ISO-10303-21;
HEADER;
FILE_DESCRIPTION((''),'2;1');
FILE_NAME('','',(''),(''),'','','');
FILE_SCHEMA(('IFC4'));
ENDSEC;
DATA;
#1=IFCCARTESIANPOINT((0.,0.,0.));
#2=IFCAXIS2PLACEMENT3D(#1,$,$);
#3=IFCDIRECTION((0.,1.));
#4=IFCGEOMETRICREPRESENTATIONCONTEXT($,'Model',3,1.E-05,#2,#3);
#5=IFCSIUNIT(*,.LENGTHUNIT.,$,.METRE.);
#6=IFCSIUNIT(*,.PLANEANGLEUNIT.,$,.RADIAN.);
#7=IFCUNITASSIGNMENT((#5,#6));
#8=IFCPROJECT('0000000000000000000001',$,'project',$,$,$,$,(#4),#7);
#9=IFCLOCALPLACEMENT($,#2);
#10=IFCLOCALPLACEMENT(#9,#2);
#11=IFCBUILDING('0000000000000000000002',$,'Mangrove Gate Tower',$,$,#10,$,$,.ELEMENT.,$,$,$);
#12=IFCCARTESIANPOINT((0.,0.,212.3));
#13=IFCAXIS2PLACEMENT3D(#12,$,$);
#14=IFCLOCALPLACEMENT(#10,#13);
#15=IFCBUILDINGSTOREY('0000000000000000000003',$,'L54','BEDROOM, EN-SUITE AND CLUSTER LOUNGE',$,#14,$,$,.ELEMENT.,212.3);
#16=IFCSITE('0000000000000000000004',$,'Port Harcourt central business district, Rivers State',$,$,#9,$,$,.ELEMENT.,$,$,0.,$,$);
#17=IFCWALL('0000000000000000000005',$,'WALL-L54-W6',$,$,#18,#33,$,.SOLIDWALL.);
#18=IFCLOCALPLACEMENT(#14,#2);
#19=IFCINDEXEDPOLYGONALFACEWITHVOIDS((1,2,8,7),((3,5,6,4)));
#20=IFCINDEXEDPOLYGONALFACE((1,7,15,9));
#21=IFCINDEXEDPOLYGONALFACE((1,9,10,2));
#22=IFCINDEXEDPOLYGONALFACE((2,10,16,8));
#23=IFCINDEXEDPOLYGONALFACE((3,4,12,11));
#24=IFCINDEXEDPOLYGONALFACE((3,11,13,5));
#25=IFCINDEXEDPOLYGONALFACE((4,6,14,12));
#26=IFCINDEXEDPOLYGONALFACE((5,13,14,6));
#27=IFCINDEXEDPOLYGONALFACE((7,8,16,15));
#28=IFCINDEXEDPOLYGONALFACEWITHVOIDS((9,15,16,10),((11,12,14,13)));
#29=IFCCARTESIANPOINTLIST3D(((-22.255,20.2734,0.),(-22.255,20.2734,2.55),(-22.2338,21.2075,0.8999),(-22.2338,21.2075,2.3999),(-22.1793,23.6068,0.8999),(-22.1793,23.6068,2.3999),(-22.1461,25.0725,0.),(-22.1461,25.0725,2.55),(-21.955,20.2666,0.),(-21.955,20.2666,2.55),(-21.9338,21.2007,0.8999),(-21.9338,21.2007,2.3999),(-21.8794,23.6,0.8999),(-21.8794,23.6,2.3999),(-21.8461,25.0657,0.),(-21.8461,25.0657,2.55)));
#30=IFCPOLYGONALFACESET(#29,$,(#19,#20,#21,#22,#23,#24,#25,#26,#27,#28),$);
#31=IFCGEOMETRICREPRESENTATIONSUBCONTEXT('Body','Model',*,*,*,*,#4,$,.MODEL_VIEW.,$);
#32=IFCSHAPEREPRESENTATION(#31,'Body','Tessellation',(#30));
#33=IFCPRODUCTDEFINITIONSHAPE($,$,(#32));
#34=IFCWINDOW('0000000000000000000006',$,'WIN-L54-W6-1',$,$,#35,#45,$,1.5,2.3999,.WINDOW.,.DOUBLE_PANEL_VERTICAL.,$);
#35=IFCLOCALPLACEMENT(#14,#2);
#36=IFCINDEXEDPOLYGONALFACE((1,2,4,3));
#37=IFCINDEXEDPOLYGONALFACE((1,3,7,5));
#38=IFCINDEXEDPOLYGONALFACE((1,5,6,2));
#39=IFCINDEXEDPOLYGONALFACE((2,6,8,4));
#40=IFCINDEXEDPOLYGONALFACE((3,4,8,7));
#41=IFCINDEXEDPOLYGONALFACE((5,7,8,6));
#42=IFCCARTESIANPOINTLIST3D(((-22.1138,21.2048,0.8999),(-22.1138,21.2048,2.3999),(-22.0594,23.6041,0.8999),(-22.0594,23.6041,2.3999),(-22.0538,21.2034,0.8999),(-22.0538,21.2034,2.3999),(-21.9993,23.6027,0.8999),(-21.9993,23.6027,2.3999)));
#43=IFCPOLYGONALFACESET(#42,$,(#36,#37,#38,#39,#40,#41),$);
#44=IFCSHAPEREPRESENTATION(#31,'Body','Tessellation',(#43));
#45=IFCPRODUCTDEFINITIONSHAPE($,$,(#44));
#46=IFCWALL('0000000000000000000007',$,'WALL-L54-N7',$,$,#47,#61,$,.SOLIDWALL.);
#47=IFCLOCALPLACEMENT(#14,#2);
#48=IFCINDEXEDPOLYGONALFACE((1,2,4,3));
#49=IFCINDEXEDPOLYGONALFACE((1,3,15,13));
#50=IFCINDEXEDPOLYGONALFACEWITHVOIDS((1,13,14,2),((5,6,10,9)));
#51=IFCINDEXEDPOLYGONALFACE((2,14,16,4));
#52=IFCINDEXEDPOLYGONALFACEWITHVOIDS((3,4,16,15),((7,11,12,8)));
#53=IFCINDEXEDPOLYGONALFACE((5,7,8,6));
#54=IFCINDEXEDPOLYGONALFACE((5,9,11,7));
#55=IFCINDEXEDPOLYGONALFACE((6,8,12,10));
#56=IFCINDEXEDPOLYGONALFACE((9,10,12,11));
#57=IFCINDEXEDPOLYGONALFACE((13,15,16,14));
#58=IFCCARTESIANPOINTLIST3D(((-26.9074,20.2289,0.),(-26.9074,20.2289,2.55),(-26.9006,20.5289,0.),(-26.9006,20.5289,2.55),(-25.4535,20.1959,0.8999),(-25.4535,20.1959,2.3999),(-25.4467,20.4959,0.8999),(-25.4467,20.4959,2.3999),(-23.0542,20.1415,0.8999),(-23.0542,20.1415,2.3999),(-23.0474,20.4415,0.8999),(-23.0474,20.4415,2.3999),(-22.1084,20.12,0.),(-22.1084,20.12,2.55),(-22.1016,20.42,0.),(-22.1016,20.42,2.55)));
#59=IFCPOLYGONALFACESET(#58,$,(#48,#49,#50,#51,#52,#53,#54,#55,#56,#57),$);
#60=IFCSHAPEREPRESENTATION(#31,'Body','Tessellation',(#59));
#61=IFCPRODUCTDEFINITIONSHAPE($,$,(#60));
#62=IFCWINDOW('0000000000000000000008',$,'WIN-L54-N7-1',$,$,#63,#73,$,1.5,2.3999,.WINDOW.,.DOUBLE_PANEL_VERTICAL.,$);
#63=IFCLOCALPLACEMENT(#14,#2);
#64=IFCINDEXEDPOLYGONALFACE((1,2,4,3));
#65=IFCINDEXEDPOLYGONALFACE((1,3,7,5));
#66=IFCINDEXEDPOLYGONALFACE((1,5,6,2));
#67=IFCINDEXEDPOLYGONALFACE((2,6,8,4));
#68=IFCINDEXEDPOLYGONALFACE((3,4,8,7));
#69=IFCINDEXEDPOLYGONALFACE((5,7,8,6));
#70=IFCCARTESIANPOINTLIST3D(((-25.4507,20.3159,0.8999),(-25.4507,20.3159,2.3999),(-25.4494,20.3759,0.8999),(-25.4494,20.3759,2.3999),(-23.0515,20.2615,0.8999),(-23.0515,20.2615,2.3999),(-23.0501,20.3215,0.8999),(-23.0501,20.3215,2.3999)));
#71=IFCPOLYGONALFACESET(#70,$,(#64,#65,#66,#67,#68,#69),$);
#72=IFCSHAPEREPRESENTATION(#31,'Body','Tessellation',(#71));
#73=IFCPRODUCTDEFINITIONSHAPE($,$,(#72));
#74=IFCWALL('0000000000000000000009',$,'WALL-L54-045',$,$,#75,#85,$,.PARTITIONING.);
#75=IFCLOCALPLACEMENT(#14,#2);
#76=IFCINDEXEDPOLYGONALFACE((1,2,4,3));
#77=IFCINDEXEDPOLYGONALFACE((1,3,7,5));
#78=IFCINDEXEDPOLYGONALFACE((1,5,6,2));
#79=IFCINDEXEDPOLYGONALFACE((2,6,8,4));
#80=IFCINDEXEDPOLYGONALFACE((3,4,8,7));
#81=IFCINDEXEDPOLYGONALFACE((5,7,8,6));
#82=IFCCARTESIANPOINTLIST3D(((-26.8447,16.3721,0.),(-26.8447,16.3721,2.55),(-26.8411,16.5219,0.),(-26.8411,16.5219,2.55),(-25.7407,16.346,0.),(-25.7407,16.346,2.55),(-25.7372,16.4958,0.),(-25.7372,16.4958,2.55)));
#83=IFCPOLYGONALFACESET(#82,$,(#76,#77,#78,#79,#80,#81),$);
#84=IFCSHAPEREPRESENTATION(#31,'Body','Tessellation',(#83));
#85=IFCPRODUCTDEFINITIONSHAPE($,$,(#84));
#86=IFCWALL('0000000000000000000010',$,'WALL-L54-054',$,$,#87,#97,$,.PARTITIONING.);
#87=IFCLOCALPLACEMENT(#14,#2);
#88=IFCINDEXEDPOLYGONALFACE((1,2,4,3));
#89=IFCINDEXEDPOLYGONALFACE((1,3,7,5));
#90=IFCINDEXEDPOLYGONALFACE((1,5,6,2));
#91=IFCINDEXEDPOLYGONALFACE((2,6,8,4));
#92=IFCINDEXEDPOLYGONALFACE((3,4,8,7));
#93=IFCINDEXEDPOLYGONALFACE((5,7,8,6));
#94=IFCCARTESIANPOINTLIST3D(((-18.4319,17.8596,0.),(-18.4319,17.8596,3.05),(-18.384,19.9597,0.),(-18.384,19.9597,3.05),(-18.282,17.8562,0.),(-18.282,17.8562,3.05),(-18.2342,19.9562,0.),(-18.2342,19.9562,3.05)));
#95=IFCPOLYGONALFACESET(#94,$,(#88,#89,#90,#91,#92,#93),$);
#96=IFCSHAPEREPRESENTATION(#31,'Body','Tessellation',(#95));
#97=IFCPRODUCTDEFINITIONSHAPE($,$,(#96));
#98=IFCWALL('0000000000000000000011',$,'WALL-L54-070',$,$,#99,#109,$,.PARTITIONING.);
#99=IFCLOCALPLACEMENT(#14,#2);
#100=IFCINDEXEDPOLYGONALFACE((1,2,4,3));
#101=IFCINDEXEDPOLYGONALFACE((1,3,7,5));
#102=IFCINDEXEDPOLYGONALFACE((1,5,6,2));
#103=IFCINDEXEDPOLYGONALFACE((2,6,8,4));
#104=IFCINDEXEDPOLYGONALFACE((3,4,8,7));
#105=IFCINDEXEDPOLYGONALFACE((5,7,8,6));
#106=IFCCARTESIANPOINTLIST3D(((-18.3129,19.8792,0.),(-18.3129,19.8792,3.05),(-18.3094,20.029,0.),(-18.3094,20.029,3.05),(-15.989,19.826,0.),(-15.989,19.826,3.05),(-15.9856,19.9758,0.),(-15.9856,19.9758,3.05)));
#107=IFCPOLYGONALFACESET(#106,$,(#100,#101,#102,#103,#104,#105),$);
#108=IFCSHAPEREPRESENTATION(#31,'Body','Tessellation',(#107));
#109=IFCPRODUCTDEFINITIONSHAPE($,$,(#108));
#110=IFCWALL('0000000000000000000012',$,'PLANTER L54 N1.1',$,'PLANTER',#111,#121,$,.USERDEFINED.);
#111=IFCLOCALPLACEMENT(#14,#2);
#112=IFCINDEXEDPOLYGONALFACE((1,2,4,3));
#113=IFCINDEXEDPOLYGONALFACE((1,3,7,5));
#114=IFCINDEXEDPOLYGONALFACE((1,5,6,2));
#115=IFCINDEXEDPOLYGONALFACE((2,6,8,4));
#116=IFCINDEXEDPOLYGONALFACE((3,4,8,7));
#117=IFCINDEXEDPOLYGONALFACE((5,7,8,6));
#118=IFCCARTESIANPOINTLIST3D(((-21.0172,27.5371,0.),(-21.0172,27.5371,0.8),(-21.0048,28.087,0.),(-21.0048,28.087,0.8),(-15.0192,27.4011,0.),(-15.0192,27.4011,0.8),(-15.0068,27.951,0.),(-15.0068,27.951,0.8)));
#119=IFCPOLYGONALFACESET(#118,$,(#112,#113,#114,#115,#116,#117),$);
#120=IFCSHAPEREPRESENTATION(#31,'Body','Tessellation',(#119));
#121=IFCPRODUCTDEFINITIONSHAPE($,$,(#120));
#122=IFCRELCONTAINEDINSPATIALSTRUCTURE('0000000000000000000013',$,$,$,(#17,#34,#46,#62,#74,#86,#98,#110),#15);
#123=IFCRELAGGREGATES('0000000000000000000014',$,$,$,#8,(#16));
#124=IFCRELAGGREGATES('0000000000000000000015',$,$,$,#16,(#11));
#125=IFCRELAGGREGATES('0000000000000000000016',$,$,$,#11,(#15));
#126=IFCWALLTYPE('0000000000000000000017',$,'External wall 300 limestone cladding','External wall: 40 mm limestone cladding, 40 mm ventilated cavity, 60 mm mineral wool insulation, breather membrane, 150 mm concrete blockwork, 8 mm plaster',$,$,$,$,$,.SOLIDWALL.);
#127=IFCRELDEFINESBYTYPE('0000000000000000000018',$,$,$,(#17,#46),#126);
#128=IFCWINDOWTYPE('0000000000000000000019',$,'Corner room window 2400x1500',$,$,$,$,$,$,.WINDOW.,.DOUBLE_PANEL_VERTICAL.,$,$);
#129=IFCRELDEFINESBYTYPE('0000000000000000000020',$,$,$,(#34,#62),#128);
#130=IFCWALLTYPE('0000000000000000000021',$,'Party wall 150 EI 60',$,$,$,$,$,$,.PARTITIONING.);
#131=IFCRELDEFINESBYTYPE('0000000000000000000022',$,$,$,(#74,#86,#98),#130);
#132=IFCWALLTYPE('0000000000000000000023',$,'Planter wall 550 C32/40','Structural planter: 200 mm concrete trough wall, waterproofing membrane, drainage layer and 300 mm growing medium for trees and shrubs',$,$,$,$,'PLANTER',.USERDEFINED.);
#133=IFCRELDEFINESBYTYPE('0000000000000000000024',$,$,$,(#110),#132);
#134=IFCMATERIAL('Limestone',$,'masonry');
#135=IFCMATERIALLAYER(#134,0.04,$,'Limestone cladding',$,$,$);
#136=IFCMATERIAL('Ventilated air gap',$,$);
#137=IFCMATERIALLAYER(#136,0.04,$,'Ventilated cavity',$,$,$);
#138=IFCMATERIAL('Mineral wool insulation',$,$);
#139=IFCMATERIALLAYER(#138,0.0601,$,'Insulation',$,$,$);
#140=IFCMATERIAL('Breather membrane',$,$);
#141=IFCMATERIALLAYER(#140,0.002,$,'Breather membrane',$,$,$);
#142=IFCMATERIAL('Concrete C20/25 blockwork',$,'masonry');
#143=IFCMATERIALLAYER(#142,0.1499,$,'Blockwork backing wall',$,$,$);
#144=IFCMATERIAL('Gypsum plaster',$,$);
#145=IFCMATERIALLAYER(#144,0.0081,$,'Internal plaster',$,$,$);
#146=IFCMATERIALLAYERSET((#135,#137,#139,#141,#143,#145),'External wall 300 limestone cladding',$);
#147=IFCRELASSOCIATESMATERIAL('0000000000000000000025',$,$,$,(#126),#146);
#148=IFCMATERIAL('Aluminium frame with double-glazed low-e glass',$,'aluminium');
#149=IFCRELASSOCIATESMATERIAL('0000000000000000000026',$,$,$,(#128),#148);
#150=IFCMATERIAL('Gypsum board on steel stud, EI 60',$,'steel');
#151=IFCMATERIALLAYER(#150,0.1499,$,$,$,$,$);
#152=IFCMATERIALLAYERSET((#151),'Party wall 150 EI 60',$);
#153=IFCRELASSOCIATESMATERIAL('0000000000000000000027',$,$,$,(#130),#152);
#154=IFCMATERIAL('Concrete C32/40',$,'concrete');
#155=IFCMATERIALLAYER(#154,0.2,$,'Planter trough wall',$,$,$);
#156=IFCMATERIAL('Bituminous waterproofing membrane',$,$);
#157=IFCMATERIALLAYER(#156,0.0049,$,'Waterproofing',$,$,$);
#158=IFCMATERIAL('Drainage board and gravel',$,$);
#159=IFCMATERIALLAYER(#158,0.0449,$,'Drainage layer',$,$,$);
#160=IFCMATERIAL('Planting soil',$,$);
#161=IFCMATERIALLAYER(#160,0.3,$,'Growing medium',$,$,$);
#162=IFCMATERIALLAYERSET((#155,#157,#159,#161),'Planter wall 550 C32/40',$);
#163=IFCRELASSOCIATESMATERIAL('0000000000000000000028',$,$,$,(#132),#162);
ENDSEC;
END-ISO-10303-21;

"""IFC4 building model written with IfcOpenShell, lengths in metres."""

from ifc_helpers import new_model, si_unit, direction, frame, frame_2d, origin, place, context, subcontext, project, spatial, rectangle, extrude, material, layer, layer_set, type_object, element, fill, save


model = new_model("IFC4")

# Units and contexts
model_context = context("Model", 3, precision=1e-05, world=origin(), true_north=direction((0.0, 1.0)))
body_context = subcontext(model_context, "Body", "Model", "MODEL_VIEW")
ifc_project = project(units=[si_unit("LENGTHUNIT", "METRE"), si_unit("PLANEANGLEUNIT", "RADIAN")], contexts=[model_context])

# Site, building, storey
site_placement = place(None, origin())
site = spatial("IfcSite", under=ifc_project, at=site_placement, Name="Port Harcourt central business district, Rivers State", CompositionType="ELEMENT", RefElevation=0.0)
building_placement = place(site_placement, origin())
building = spatial("IfcBuilding", under=site, at=building_placement, Name="Mangrove Gate Tower", CompositionType="ELEMENT")
storey_placement = place(building_placement, frame((0.0, 0.0, 212.3)))
storey = spatial("IfcBuildingStorey", under=building, at=storey_placement, Name="L54", Description="BEDROOM, EN-SUITE AND CLUSTER LOUNGE", CompositionType="ELEMENT", Elevation=212.3)

# Walls, openings, windows
ifc_material_1 = material(Name="Limestone", Category="masonry")
ifc_layer_1 = layer(ifc_material_1, 0.04, Name="Limestone cladding")
ifc_material_2 = material(Name="Ventilated air gap")
ifc_layer_2 = layer(ifc_material_2, 0.04, Name="Ventilated cavity")
ifc_material_3 = material(Name="Mineral wool insulation")
ifc_layer_3 = layer(ifc_material_3, 0.0601, Name="Insulation")
ifc_material_4 = material(Name="Breather membrane")
ifc_layer_4 = layer(ifc_material_4, 0.002, Name="Breather membrane")
ifc_material_5 = material(Name="Concrete C20/25 blockwork", Category="masonry")
ifc_layer_5 = layer(ifc_material_5, 0.1499, Name="Blockwork backing wall")
ifc_material_6 = material(Name="Gypsum plaster")
ifc_layer_6 = layer(ifc_material_6, 0.0081, Name="Internal plaster")
ifc_layer_set_1 = layer_set([ifc_layer_1, ifc_layer_2, ifc_layer_3, ifc_layer_4, ifc_layer_5, ifc_layer_6], Name="External wall 300 limestone cladding")
wall_type_1 = type_object("IfcWallType", Name="External wall 300 limestone cladding", Description="External wall: 40 mm limestone cladding, 40 mm ventilated cavity, 60 mm mineral wool insulation, breather membrane, 150 mm concrete blockwork, 8 mm plaster", PredefinedType="SOLIDWALL", material=ifc_layer_set_1)
wall_1_placement = place(storey_placement, frame((-21.9961, 25.0691, 0.0), z_axis=(0.0, 0.0, 1.0), x_axis=(-0.022683, -0.999743, 0.0)))
wall_1 = element("IfcWall", 1, at=wall_1_placement, inside=storey, type_object=wall_type_1, Name="WALL-L54-W6", PredefinedType="SOLIDWALL", context=body_context, shape_type="SweptSolid", body=[
    extrude(rectangle(XDim=4.8003, YDim=0.3, at=frame_2d((2.4001, 0.0))), origin(), (0.0, 0.0, 1.0), 2.55),
])
opening_1_placement = place(wall_1_placement, frame((1.4661, 0.0, 0.8999)))
opening_1 = element("IfcOpeningElement", 2, at=opening_1_placement, cuts=wall_1, PredefinedType="OPENING", context=body_context, shape_type="SweptSolid", body=[
    extrude(rectangle(XDim=2.3999, YDim=1.5, at=frame_2d((1.2, 0.75))), frame((0.0, 0.1599, 0.0), z_axis=(0.0, -1.0, 0.0), x_axis=(1.0, 0.0, 0.0)), (0.0, 0.0, 1.0), 0.3201),
])
ifc_material_7 = material(Name="Aluminium frame with double-glazed low-e glass", Category="aluminium")
window_type = type_object("IfcWindowType", Name="Corner room window 2400x1500", PartitioningType="DOUBLE_PANEL_VERTICAL", PredefinedType="WINDOW", material=ifc_material_7)
window_1_placement = place(opening_1_placement, origin())
window_1 = element("IfcWindow", 3, at=window_1_placement, inside=storey, type_object=window_type, Name="WIN-L54-W6-1", OverallHeight=1.5, OverallWidth=2.3999, PartitioningType="DOUBLE_PANEL_VERTICAL", PredefinedType="WINDOW", context=body_context, shape_type="SweptSolid", body=[
    extrude(rectangle(XDim=2.3999, YDim=1.5, at=frame_2d((1.2, 0.75))), frame((0.0, 0.03, 0.0), z_axis=(0.0, -1.0, 0.0), x_axis=(1.0, 0.0, 0.0)), (0.0, 0.0, 1.0), 0.0601),
])
fill(opening_1, window_1)
wall_2_placement = place(storey_placement, frame((-22.105, 20.27, 0.0), z_axis=(0.0, 0.0, 1.0), x_axis=(-0.999743, 0.022683, 0.0)))
wall_2 = element("IfcWall", 4, at=wall_2_placement, inside=storey, type_object=wall_type_1, Name="WALL-L54-N7", PredefinedType="SOLIDWALL", context=body_context, shape_type="SweptSolid", body=[
    extrude(rectangle(XDim=4.8003, YDim=0.3, at=frame_2d((2.4001, 0.0))), origin(), (0.0, 0.0, 1.0), 2.55),
])
opening_2_placement = place(wall_2_placement, frame((0.946, 0.0, 0.8999)))
opening_2 = element("IfcOpeningElement", 5, at=opening_2_placement, cuts=wall_2, PredefinedType="OPENING", context=body_context, shape_type="SweptSolid", body=[
    extrude(rectangle(XDim=2.3999, YDim=1.5, at=frame_2d((1.2, 0.75))), frame((0.0, 0.1599, 0.0), z_axis=(0.0, -1.0, 0.0), x_axis=(1.0, 0.0, 0.0)), (0.0, 0.0, 1.0), 0.3201),
])
window_2_placement = place(opening_2_placement, origin())
window_2 = element("IfcWindow", 6, at=window_2_placement, inside=storey, type_object=window_type, Name="WIN-L54-N7-1", OverallHeight=1.5, OverallWidth=2.3999, PartitioningType="DOUBLE_PANEL_VERTICAL", PredefinedType="WINDOW", context=body_context, shape_type="SweptSolid", body=[
    extrude(rectangle(XDim=2.3999, YDim=1.5, at=frame_2d((1.2, 0.75))), frame((0.0, 0.03, 0.0), z_axis=(0.0, -1.0, 0.0), x_axis=(1.0, 0.0, 0.0)), (0.0, 0.0, 1.0), 0.0601),
])
fill(opening_2, window_2)

# Walls
ifc_material_8 = material(Name="Gypsum board on steel stud, EI 60", Category="steel")
ifc_layer_7 = layer(ifc_material_8, 0.1499)
ifc_layer_set_2 = layer_set([ifc_layer_7], Name="Party wall 150 EI 60")
wall_type_2 = type_object("IfcWallType", Name="Party wall 150 EI 60", PredefinedType="PARTITIONING", material=ifc_layer_set_2)
wall_3_placement = place(storey_placement, frame((-26.843, 16.447, 0.0), z_axis=(0.0, 0.0, 1.0), x_axis=(0.99972, -0.023655, 0.0)))
element("IfcWall", 7, at=wall_3_placement, inside=storey, type_object=wall_type_2, Name="WALL-L54-045", PredefinedType="PARTITIONING", context=body_context, shape_type="SweptSolid", body=[
    extrude(rectangle(XDim=1.1042, YDim=0.1499, at=frame_2d((0.5522, 0.0))), origin(), (0.0, 0.0, 1.0), 2.55),
])
wall_4_placement = place(storey_placement, frame((-18.3569, 17.8579, 0.0), z_axis=(0.0, 0.0, 1.0), x_axis=(0.022779, 0.999741, 0.0)))
element("IfcWall", 8, at=wall_4_placement, inside=storey, type_object=wall_type_2, Name="WALL-L54-054", PredefinedType="PARTITIONING", context=body_context, shape_type="SweptSolid", body=[
    extrude(rectangle(XDim=2.1006, YDim=0.1499, at=frame_2d((1.0503, 0.0))), origin(), (0.0, 0.0, 1.0), 3.05),
])
wall_5_placement = place(storey_placement, frame((-18.311, 19.9541, 0.0), z_axis=(0.0, 0.0, 1.0), x_axis=(0.999738, -0.022896, 0.0)))
element("IfcWall", 9, at=wall_5_placement, inside=storey, type_object=wall_type_2, Name="WALL-L54-070", PredefinedType="PARTITIONING", context=body_context, shape_type="SweptSolid", body=[
    extrude(rectangle(XDim=2.3245, YDim=0.1499, at=frame_2d((1.1621, 0.0))), origin(), (0.0, 0.0, 1.0), 3.05),
])
ifc_material_9 = material(Name="Concrete C32/40", Category="concrete")
ifc_layer_8 = layer(ifc_material_9, 0.2, Name="Planter trough wall")
ifc_material_10 = material(Name="Bituminous waterproofing membrane")
ifc_layer_9 = layer(ifc_material_10, 0.0049, Name="Waterproofing")
ifc_material_11 = material(Name="Drainage board and gravel")
ifc_layer_10 = layer(ifc_material_11, 0.0449, Name="Drainage layer")
ifc_material_12 = material(Name="Planting soil")
ifc_layer_11 = layer(ifc_material_12, 0.3, Name="Growing medium")
ifc_layer_set_3 = layer_set([ifc_layer_8, ifc_layer_9, ifc_layer_10, ifc_layer_11], Name="Planter wall 550 C32/40")
wall_type_3 = type_object("IfcWallType", Name="Planter wall 550 C32/40", Description="Structural planter: 200 mm concrete trough wall, waterproofing membrane, drainage layer and 300 mm growing medium for trees and shrubs", ElementType="PLANTER", PredefinedType="USERDEFINED", material=ifc_layer_set_3)
wall_6_placement = place(storey_placement, frame((-21.011, 27.812, 0.0), z_axis=(0.0, 0.0, 1.0), x_axis=(0.999743, -0.022666, 0.0)))
element("IfcWall", 10, at=wall_6_placement, inside=storey, type_object=wall_type_3, Name="PLANTER L54 N1.1", ObjectType="PLANTER", PredefinedType="USERDEFINED", context=body_context, shape_type="SweptSolid", body=[
    extrude(rectangle(XDim=5.9995, YDim=0.55, at=frame_2d((2.9998, 0.0))), origin(), (0.0, 0.0, 1.0), 0.8),
])

save(model, "model.ifc")
